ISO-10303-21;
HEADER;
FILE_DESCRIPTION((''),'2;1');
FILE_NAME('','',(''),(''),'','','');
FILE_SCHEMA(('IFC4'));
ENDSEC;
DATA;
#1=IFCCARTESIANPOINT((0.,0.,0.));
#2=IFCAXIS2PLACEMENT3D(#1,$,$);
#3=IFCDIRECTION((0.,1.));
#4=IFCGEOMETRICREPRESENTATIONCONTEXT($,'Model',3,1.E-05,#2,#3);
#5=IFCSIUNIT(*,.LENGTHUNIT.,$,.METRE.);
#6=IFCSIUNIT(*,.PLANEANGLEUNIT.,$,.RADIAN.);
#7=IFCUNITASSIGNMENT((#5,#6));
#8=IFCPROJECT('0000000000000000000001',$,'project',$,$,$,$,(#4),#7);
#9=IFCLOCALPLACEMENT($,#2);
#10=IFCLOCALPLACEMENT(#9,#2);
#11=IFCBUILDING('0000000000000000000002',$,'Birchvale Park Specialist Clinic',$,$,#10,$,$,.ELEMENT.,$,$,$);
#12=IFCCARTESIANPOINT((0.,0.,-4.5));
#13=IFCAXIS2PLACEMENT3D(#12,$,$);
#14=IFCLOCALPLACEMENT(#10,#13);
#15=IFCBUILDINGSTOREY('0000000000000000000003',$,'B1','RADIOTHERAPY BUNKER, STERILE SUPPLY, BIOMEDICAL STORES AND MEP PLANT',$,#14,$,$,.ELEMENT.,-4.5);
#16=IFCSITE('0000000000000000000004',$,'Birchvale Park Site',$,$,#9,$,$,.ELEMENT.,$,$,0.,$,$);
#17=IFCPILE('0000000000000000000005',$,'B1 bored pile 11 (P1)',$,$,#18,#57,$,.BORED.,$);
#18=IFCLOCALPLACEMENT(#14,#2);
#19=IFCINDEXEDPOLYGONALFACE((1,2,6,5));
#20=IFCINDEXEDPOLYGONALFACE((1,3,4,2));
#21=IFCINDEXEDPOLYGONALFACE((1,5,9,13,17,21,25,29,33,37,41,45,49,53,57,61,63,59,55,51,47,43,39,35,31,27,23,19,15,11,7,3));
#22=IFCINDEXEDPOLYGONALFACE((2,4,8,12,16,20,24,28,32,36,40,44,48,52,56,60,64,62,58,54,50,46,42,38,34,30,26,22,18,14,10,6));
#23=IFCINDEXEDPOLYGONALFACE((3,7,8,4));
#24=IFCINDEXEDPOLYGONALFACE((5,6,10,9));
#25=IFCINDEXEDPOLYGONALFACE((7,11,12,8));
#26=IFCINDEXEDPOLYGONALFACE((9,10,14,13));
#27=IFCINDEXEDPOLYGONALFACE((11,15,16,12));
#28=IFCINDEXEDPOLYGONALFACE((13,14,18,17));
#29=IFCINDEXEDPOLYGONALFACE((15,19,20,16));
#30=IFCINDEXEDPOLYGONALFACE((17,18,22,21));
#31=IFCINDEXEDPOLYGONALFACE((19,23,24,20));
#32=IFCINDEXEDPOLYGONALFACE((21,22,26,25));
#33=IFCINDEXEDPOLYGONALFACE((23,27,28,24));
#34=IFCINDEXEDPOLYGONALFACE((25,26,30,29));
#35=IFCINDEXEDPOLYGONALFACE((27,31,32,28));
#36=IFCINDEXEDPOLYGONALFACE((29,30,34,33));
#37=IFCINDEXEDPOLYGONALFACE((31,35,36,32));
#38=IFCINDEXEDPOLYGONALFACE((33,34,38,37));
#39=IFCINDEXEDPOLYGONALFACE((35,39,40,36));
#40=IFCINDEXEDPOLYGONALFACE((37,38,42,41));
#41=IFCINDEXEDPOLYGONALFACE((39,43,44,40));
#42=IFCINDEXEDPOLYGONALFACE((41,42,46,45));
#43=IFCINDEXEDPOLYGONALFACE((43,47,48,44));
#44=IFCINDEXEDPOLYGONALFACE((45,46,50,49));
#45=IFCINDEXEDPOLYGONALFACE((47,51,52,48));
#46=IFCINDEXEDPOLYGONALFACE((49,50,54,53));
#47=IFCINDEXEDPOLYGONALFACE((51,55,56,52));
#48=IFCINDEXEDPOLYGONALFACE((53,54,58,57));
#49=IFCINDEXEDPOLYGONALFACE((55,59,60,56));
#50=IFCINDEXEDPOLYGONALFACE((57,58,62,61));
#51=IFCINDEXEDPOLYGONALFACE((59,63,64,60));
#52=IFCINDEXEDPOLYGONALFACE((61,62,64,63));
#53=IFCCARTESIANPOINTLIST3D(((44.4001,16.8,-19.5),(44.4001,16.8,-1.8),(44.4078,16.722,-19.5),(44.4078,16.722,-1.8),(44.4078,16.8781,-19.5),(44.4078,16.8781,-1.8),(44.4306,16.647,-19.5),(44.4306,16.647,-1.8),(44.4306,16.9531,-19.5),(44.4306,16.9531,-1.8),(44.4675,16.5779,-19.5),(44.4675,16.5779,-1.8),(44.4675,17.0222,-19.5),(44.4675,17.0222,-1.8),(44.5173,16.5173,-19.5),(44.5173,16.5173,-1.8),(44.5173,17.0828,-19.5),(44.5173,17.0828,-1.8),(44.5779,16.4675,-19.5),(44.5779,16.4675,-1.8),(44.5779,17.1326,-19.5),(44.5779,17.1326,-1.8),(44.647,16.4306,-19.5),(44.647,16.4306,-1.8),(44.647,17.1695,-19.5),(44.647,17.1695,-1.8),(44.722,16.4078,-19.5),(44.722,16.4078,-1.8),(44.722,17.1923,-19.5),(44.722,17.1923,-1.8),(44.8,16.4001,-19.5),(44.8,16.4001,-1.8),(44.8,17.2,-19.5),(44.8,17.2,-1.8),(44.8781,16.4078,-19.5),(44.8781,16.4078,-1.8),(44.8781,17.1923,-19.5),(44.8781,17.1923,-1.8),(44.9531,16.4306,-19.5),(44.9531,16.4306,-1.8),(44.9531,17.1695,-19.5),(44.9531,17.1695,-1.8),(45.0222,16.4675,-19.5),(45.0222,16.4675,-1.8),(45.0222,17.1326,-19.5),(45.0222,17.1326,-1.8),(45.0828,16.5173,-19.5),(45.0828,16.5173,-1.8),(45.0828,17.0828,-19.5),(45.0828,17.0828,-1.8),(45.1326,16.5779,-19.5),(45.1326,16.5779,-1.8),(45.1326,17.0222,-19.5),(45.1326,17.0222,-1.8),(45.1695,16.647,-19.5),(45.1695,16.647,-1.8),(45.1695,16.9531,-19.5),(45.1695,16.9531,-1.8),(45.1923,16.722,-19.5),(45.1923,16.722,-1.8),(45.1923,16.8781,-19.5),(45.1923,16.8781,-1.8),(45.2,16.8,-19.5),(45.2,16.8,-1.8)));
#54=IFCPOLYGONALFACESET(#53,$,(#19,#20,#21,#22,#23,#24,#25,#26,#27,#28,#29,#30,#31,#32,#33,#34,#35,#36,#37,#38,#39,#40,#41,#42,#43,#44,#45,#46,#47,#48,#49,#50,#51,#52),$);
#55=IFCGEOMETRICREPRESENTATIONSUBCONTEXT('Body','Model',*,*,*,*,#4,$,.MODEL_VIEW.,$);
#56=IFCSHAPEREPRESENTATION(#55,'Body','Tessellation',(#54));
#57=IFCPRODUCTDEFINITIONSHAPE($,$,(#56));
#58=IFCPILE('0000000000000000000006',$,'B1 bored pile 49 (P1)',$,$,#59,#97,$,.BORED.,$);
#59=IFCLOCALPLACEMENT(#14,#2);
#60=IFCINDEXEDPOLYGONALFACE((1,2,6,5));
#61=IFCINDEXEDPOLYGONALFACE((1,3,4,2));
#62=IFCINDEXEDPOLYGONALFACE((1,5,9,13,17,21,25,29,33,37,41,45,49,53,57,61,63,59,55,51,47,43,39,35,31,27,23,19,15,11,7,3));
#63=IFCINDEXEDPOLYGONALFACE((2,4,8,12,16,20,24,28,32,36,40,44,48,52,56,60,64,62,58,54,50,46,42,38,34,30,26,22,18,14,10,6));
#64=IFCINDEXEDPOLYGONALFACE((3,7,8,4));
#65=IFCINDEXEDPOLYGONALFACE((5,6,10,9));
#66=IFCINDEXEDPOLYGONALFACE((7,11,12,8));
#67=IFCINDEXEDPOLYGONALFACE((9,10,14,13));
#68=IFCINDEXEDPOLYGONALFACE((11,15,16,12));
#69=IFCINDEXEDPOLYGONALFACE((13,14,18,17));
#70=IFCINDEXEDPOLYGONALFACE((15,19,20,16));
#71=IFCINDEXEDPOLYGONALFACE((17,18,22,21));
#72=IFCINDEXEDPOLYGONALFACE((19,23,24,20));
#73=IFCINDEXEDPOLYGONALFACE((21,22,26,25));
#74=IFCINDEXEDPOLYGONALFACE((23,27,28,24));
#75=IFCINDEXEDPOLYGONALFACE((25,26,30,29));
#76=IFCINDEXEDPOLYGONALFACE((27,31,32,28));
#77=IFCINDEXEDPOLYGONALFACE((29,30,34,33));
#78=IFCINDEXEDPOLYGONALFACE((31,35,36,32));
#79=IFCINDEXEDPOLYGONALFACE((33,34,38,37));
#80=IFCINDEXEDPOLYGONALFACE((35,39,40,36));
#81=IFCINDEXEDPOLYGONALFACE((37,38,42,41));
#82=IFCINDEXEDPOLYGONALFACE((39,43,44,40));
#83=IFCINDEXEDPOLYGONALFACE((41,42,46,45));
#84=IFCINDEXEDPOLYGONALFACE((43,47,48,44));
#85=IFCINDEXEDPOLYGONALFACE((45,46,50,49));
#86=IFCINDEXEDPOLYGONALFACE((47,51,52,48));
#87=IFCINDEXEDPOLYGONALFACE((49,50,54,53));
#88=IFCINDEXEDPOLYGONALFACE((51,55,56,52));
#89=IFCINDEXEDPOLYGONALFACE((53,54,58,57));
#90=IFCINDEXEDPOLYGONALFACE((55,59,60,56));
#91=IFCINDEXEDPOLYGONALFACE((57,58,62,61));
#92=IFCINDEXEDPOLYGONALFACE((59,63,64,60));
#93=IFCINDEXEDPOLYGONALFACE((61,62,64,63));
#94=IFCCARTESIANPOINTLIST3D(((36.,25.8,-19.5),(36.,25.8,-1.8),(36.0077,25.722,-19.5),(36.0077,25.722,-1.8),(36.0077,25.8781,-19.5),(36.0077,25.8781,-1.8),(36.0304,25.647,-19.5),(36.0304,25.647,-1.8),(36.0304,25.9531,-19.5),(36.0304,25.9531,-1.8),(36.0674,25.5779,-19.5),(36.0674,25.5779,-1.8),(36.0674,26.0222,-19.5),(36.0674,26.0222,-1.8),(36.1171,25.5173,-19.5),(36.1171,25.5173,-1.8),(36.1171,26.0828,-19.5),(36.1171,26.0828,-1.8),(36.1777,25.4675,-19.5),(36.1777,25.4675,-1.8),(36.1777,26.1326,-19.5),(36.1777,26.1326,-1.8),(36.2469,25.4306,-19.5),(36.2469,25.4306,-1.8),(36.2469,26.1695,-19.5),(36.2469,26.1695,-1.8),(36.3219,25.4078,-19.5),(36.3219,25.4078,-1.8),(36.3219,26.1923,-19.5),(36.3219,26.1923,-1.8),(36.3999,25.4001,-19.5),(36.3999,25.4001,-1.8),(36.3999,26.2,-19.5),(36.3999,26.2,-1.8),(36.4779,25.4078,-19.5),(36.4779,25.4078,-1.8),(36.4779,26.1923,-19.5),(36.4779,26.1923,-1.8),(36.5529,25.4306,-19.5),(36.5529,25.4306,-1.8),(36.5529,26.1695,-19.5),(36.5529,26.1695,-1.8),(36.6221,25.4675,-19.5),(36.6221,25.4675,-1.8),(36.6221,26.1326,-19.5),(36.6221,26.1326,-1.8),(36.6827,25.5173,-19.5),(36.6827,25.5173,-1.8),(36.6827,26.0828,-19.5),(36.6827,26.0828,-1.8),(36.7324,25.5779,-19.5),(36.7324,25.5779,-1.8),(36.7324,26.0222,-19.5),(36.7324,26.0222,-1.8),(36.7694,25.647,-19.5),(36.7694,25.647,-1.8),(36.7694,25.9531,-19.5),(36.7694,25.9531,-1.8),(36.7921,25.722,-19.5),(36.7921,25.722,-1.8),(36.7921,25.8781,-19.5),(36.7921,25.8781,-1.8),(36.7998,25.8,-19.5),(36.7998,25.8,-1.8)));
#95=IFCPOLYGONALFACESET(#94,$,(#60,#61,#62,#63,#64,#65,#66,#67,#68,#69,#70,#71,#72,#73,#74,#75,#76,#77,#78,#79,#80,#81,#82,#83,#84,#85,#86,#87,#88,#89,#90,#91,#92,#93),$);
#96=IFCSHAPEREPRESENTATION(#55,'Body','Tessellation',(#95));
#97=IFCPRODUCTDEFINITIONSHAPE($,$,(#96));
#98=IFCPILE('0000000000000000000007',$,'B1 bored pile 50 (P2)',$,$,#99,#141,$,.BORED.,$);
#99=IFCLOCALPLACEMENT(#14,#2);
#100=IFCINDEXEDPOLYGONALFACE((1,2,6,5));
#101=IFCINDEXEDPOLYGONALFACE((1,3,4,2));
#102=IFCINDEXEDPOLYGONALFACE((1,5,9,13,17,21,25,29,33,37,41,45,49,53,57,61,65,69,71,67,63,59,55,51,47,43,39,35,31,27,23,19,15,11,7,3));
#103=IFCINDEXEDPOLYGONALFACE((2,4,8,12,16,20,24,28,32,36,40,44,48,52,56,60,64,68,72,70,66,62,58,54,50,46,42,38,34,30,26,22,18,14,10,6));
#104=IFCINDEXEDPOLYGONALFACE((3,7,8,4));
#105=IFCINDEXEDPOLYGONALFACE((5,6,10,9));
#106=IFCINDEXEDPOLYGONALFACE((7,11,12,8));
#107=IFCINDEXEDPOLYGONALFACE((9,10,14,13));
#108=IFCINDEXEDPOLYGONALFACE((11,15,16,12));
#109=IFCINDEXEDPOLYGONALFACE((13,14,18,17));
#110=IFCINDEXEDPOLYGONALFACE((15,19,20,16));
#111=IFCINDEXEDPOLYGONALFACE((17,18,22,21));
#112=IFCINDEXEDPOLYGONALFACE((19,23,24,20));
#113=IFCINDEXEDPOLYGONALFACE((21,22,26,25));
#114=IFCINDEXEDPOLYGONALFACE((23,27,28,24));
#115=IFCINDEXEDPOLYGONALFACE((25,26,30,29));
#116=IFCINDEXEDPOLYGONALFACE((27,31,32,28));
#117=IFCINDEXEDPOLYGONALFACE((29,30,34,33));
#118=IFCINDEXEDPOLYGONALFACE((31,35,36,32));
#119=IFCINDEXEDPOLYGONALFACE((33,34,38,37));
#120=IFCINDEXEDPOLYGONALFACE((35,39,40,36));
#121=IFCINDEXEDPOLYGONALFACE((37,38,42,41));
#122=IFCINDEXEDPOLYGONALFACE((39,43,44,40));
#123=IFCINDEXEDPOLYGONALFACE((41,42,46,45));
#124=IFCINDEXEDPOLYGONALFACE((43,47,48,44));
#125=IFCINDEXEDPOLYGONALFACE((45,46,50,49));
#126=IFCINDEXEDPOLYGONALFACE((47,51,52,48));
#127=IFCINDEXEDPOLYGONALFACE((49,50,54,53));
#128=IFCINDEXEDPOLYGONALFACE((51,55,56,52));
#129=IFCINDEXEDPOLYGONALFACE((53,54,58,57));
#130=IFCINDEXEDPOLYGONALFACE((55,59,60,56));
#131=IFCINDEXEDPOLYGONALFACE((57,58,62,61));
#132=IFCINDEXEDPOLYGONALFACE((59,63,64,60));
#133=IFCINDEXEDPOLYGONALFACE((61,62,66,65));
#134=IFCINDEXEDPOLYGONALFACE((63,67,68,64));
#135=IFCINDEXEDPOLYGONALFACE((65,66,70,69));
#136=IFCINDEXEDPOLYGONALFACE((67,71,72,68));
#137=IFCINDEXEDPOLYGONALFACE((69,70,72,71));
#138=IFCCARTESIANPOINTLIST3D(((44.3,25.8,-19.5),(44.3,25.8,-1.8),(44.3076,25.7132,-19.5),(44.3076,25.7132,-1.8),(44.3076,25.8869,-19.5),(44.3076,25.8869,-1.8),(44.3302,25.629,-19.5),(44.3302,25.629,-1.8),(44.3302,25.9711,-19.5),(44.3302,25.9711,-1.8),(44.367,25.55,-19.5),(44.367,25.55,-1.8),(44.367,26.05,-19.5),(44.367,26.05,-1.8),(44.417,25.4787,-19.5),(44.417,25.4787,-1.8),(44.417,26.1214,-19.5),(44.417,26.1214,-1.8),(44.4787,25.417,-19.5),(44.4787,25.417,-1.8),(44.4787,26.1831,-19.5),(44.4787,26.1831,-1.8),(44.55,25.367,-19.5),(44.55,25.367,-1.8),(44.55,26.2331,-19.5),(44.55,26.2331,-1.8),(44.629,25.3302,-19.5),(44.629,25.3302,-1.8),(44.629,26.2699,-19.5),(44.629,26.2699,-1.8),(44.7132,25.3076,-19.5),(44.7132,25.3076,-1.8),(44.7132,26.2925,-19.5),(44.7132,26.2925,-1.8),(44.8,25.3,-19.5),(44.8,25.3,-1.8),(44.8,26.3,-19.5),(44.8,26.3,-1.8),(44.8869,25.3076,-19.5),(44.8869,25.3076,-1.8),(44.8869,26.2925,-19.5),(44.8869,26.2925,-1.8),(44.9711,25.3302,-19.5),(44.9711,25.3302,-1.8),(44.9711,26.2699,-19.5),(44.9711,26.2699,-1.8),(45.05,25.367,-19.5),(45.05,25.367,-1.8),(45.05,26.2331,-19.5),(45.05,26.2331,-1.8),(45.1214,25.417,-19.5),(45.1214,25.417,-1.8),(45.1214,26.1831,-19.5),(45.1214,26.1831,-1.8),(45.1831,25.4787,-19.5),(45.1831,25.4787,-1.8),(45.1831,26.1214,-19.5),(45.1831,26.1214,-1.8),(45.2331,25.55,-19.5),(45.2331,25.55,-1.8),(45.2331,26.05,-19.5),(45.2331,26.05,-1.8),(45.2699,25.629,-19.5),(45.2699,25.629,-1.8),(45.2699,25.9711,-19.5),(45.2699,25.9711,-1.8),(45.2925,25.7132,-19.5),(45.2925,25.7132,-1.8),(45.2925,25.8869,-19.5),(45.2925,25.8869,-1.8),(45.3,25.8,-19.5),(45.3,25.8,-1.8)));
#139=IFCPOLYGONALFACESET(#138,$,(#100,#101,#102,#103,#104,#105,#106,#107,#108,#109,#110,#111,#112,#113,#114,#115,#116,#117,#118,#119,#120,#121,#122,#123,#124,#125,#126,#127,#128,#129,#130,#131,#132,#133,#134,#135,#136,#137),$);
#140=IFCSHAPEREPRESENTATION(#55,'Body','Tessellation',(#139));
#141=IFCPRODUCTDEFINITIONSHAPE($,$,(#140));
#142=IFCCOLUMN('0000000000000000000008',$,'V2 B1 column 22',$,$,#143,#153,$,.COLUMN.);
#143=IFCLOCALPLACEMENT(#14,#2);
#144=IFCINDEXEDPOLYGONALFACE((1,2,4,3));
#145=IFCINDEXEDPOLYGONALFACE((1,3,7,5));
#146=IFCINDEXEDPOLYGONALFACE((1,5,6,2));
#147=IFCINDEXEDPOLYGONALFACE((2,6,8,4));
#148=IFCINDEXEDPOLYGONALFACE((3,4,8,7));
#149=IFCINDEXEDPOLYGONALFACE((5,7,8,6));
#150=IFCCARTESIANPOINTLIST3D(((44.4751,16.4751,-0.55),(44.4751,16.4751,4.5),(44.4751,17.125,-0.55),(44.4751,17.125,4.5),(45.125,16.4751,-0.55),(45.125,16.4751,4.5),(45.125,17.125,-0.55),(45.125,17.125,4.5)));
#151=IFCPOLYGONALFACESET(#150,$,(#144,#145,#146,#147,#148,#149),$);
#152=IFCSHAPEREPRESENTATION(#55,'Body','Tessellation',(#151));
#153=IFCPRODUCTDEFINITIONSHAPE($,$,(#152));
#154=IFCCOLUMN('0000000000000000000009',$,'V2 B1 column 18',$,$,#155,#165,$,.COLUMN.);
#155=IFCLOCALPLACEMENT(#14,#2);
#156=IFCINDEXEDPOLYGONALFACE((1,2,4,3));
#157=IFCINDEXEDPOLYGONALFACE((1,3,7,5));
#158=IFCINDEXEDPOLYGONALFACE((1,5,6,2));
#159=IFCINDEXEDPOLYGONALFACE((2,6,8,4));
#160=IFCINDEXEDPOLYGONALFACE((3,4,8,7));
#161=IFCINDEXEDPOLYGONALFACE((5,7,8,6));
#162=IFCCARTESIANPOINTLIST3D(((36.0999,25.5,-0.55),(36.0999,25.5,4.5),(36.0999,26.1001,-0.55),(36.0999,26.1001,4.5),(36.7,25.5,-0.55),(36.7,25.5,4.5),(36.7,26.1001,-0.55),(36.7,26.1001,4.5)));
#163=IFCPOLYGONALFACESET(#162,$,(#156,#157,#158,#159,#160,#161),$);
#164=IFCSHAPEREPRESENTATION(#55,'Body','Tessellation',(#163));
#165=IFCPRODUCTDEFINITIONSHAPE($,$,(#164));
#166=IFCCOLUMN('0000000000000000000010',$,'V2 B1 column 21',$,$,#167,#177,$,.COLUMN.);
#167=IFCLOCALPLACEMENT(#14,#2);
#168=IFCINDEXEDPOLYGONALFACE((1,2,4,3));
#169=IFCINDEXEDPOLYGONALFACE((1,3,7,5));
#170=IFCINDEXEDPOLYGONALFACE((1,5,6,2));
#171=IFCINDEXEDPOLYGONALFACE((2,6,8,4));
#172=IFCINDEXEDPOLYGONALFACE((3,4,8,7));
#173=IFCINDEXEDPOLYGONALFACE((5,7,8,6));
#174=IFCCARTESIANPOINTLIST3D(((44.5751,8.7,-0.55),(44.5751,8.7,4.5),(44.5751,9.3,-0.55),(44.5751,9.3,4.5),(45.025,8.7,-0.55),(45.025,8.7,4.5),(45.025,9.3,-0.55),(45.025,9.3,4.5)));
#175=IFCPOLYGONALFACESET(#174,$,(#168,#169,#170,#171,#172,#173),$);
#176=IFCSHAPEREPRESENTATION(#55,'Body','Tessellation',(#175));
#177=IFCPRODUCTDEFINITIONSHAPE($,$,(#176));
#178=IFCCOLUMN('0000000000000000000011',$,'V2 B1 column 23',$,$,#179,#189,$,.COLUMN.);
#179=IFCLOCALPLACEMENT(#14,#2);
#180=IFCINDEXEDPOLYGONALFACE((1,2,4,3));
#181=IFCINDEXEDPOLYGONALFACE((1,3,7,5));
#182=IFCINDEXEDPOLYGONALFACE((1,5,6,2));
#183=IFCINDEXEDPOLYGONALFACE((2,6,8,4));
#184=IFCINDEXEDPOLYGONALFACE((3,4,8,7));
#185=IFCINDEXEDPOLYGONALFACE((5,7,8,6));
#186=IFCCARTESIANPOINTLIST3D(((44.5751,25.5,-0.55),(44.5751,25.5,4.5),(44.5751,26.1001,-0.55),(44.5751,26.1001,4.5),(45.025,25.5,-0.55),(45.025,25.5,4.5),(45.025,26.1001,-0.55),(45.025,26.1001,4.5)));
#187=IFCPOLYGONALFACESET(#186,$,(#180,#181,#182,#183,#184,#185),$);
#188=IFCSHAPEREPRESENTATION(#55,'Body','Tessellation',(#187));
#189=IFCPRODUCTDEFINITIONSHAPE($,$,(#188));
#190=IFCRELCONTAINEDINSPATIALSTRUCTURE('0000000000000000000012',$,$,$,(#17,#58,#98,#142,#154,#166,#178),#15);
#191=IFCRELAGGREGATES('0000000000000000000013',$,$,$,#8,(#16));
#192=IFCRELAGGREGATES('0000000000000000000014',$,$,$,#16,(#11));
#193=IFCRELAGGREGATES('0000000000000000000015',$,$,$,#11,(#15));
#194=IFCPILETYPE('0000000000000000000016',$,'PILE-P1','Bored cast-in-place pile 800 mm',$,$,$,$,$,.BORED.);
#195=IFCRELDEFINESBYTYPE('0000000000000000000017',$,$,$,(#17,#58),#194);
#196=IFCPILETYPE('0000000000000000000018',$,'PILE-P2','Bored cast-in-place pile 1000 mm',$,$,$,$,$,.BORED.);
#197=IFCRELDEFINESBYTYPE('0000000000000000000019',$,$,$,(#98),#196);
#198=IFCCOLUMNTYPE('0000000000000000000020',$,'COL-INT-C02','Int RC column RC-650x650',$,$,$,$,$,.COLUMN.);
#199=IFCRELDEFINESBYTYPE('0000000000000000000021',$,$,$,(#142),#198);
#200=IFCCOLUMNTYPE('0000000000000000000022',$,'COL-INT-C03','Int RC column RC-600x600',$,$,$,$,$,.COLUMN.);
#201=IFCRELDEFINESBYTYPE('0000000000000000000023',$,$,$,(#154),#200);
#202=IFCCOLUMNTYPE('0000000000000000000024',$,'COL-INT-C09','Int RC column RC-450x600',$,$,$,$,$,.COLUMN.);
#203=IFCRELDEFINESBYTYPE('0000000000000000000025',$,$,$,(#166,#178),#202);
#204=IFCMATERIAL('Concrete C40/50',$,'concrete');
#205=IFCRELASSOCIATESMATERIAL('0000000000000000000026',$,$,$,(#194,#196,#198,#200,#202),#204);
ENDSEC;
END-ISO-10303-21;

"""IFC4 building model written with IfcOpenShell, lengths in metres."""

from ifc_helpers import new_model, si_unit, direction, frame, origin, origin_2d, place, context, subcontext, project, spatial, rectangle, circle, extrude, material, material_profile, profile_set, type_object, element, save


model = new_model("IFC4")

# Units and contexts
model_context = context("Model", 3, precision=1e-05, world=origin(), true_north=direction((0.0, 1.0)))
body_context = subcontext(model_context, "Body", "Model", "MODEL_VIEW")
ifc_project = project(units=[si_unit("LENGTHUNIT", "METRE"), si_unit("PLANEANGLEUNIT", "RADIAN")], contexts=[model_context])

# Site, building, storey
site_placement = place(None, origin())
site = spatial("IfcSite", under=ifc_project, at=site_placement, Name="Birchvale Park Site", CompositionType="ELEMENT", RefElevation=0.0)
building_placement = place(site_placement, origin())
building = spatial("IfcBuilding", under=site, at=building_placement, Name="Birchvale Park Specialist Clinic", CompositionType="ELEMENT")
storey_placement = place(building_placement, frame((0.0, 0.0, -4.5)))
storey = spatial("IfcBuildingStorey", under=building, at=storey_placement, Name="B1", Description="RADIOTHERAPY BUNKER, STERILE SUPPLY, BIOMEDICAL STORES AND MEP PLANT", CompositionType="ELEMENT", Elevation=-4.5)

# Shared definitions
ifc_material_1 = material(Name="Concrete C40/50", Category="concrete")

# Piles
ifc_material_profile_1 = material_profile(ifc_material_1, circle(Radius=0.3999, at=origin_2d()), Name="PILE-800")
ifc_profile_set_1 = profile_set([ifc_material_profile_1], Name="Concrete C40/50")
pile_type_1 = type_object("IfcPileType", Name="PILE-P1", Description="Bored cast-in-place pile 800 mm", PredefinedType="BORED", material=ifc_profile_set_1)
for number, where, z_axis, x_axis, name in (
    (1, (44.8, 16.8, -1.8), (0.0, 0.0, -1.0), (1.0, 0.0, 0.0), "B1 bored pile 11 (P1)"),
    (2, (36.3999, 25.8, -1.8), (0.0, 0.0, -1.0), (1.0, 0.0, 0.0), "B1 bored pile 49 (P1)"),
):
    element("IfcPile", number, at=place(storey_placement, frame(where, z_axis=z_axis, x_axis=x_axis)), inside=storey, type_object=pile_type_1, Name=name, PredefinedType="BORED", context=body_context, shape_type="SweptSolid", body=[
        extrude(circle(Radius=0.3999, at=origin_2d()), origin(), (0.0, 0.0, 1.0), 17.7),
    ])
ifc_material_profile_2 = material_profile(ifc_material_1, circle(Radius=0.5, at=origin_2d()), Name="PILE-1000")
ifc_profile_set_2 = profile_set([ifc_material_profile_2], Name="Concrete C40/50")
pile_type_2 = type_object("IfcPileType", Name="PILE-P2", Description="Bored cast-in-place pile 1000 mm", PredefinedType="BORED", material=ifc_profile_set_2)
pile_placement = place(storey_placement, frame((44.8, 25.8, -1.8), z_axis=(0.0, 0.0, -1.0), x_axis=(1.0, 0.0, 0.0)))
element("IfcPile", 3, at=pile_placement, inside=storey, type_object=pile_type_2, Name="B1 bored pile 50 (P2)", PredefinedType="BORED", context=body_context, shape_type="SweptSolid", body=[
    extrude(circle(Radius=0.5, at=origin_2d()), origin(), (0.0, 0.0, 1.0), 17.7),
])

# Columns
ifc_material_profile_3 = material_profile(ifc_material_1, rectangle(XDim=0.6499, YDim=0.6499, at=origin_2d()), Name="RC-650x650")
ifc_profile_set_3 = profile_set([ifc_material_profile_3], Name="Concrete C40/50")
column_type_1 = type_object("IfcColumnType", Name="COL-INT-C02", Description="Int RC column RC-650x650", PredefinedType="COLUMN", material=ifc_profile_set_3)
column_1_placement = place(storey_placement, frame((44.8, 16.8, -0.55), z_axis=(0.0, 0.0, 1.0), x_axis=(1.0, 0.0, 0.0)))
element("IfcColumn", 4, at=column_1_placement, inside=storey, type_object=column_type_1, Name="V2 B1 column 22", PredefinedType="COLUMN", context=body_context, shape_type="SweptSolid", body=[
    extrude(rectangle(XDim=0.6499, YDim=0.6499, at=origin_2d()), origin(), (0.0, 0.0, 1.0), 5.05),
])
ifc_material_profile_4 = material_profile(ifc_material_1, rectangle(XDim=0.6001, YDim=0.6001, at=origin_2d()), Name="RC-600x600")
ifc_profile_set_4 = profile_set([ifc_material_profile_4], Name="Concrete C40/50")
column_type_2 = type_object("IfcColumnType", Name="COL-INT-C03", Description="Int RC column RC-600x600", PredefinedType="COLUMN", material=ifc_profile_set_4)
column_2_placement = place(storey_placement, frame((36.3999, 25.8, -0.55), z_axis=(0.0, 0.0, 1.0), x_axis=(1.0, 0.0, 0.0)))
element("IfcColumn", 5, at=column_2_placement, inside=storey, type_object=column_type_2, Name="V2 B1 column 18", PredefinedType="COLUMN", context=body_context, shape_type="SweptSolid", body=[
    extrude(rectangle(XDim=0.6001, YDim=0.6001, at=origin_2d()), origin(), (0.0, 0.0, 1.0), 5.05),
])
ifc_material_profile_5 = material_profile(ifc_material_1, rectangle(XDim=0.45, YDim=0.6001, at=origin_2d()), Name="RC-450x600")
ifc_profile_set_5 = profile_set([ifc_material_profile_5], Name="Concrete C40/50")
column_type_3 = type_object("IfcColumnType", Name="COL-INT-C09", Description="Int RC column RC-450x600", PredefinedType="COLUMN", material=ifc_profile_set_5)
for number, where, z_axis, x_axis, name in (
    (6, (44.8, 9.0, -0.55), (0.0, 0.0, 1.0), (1.0, 0.0, 0.0), "V2 B1 column 21"),
    (7, (44.8, 25.8, -0.55), (0.0, 0.0, 1.0), (1.0, 0.0, 0.0), "V2 B1 column 23"),
):
    element("IfcColumn", number, at=place(storey_placement, frame(where, z_axis=z_axis, x_axis=x_axis)), inside=storey, type_object=column_type_3, Name=name, PredefinedType="COLUMN", context=body_context, shape_type="SweptSolid", body=[
        extrude(rectangle(XDim=0.45, YDim=0.6001, at=origin_2d()), origin(), (0.0, 0.0, 1.0), 5.05),
    ])

save(model, "model.ifc")
